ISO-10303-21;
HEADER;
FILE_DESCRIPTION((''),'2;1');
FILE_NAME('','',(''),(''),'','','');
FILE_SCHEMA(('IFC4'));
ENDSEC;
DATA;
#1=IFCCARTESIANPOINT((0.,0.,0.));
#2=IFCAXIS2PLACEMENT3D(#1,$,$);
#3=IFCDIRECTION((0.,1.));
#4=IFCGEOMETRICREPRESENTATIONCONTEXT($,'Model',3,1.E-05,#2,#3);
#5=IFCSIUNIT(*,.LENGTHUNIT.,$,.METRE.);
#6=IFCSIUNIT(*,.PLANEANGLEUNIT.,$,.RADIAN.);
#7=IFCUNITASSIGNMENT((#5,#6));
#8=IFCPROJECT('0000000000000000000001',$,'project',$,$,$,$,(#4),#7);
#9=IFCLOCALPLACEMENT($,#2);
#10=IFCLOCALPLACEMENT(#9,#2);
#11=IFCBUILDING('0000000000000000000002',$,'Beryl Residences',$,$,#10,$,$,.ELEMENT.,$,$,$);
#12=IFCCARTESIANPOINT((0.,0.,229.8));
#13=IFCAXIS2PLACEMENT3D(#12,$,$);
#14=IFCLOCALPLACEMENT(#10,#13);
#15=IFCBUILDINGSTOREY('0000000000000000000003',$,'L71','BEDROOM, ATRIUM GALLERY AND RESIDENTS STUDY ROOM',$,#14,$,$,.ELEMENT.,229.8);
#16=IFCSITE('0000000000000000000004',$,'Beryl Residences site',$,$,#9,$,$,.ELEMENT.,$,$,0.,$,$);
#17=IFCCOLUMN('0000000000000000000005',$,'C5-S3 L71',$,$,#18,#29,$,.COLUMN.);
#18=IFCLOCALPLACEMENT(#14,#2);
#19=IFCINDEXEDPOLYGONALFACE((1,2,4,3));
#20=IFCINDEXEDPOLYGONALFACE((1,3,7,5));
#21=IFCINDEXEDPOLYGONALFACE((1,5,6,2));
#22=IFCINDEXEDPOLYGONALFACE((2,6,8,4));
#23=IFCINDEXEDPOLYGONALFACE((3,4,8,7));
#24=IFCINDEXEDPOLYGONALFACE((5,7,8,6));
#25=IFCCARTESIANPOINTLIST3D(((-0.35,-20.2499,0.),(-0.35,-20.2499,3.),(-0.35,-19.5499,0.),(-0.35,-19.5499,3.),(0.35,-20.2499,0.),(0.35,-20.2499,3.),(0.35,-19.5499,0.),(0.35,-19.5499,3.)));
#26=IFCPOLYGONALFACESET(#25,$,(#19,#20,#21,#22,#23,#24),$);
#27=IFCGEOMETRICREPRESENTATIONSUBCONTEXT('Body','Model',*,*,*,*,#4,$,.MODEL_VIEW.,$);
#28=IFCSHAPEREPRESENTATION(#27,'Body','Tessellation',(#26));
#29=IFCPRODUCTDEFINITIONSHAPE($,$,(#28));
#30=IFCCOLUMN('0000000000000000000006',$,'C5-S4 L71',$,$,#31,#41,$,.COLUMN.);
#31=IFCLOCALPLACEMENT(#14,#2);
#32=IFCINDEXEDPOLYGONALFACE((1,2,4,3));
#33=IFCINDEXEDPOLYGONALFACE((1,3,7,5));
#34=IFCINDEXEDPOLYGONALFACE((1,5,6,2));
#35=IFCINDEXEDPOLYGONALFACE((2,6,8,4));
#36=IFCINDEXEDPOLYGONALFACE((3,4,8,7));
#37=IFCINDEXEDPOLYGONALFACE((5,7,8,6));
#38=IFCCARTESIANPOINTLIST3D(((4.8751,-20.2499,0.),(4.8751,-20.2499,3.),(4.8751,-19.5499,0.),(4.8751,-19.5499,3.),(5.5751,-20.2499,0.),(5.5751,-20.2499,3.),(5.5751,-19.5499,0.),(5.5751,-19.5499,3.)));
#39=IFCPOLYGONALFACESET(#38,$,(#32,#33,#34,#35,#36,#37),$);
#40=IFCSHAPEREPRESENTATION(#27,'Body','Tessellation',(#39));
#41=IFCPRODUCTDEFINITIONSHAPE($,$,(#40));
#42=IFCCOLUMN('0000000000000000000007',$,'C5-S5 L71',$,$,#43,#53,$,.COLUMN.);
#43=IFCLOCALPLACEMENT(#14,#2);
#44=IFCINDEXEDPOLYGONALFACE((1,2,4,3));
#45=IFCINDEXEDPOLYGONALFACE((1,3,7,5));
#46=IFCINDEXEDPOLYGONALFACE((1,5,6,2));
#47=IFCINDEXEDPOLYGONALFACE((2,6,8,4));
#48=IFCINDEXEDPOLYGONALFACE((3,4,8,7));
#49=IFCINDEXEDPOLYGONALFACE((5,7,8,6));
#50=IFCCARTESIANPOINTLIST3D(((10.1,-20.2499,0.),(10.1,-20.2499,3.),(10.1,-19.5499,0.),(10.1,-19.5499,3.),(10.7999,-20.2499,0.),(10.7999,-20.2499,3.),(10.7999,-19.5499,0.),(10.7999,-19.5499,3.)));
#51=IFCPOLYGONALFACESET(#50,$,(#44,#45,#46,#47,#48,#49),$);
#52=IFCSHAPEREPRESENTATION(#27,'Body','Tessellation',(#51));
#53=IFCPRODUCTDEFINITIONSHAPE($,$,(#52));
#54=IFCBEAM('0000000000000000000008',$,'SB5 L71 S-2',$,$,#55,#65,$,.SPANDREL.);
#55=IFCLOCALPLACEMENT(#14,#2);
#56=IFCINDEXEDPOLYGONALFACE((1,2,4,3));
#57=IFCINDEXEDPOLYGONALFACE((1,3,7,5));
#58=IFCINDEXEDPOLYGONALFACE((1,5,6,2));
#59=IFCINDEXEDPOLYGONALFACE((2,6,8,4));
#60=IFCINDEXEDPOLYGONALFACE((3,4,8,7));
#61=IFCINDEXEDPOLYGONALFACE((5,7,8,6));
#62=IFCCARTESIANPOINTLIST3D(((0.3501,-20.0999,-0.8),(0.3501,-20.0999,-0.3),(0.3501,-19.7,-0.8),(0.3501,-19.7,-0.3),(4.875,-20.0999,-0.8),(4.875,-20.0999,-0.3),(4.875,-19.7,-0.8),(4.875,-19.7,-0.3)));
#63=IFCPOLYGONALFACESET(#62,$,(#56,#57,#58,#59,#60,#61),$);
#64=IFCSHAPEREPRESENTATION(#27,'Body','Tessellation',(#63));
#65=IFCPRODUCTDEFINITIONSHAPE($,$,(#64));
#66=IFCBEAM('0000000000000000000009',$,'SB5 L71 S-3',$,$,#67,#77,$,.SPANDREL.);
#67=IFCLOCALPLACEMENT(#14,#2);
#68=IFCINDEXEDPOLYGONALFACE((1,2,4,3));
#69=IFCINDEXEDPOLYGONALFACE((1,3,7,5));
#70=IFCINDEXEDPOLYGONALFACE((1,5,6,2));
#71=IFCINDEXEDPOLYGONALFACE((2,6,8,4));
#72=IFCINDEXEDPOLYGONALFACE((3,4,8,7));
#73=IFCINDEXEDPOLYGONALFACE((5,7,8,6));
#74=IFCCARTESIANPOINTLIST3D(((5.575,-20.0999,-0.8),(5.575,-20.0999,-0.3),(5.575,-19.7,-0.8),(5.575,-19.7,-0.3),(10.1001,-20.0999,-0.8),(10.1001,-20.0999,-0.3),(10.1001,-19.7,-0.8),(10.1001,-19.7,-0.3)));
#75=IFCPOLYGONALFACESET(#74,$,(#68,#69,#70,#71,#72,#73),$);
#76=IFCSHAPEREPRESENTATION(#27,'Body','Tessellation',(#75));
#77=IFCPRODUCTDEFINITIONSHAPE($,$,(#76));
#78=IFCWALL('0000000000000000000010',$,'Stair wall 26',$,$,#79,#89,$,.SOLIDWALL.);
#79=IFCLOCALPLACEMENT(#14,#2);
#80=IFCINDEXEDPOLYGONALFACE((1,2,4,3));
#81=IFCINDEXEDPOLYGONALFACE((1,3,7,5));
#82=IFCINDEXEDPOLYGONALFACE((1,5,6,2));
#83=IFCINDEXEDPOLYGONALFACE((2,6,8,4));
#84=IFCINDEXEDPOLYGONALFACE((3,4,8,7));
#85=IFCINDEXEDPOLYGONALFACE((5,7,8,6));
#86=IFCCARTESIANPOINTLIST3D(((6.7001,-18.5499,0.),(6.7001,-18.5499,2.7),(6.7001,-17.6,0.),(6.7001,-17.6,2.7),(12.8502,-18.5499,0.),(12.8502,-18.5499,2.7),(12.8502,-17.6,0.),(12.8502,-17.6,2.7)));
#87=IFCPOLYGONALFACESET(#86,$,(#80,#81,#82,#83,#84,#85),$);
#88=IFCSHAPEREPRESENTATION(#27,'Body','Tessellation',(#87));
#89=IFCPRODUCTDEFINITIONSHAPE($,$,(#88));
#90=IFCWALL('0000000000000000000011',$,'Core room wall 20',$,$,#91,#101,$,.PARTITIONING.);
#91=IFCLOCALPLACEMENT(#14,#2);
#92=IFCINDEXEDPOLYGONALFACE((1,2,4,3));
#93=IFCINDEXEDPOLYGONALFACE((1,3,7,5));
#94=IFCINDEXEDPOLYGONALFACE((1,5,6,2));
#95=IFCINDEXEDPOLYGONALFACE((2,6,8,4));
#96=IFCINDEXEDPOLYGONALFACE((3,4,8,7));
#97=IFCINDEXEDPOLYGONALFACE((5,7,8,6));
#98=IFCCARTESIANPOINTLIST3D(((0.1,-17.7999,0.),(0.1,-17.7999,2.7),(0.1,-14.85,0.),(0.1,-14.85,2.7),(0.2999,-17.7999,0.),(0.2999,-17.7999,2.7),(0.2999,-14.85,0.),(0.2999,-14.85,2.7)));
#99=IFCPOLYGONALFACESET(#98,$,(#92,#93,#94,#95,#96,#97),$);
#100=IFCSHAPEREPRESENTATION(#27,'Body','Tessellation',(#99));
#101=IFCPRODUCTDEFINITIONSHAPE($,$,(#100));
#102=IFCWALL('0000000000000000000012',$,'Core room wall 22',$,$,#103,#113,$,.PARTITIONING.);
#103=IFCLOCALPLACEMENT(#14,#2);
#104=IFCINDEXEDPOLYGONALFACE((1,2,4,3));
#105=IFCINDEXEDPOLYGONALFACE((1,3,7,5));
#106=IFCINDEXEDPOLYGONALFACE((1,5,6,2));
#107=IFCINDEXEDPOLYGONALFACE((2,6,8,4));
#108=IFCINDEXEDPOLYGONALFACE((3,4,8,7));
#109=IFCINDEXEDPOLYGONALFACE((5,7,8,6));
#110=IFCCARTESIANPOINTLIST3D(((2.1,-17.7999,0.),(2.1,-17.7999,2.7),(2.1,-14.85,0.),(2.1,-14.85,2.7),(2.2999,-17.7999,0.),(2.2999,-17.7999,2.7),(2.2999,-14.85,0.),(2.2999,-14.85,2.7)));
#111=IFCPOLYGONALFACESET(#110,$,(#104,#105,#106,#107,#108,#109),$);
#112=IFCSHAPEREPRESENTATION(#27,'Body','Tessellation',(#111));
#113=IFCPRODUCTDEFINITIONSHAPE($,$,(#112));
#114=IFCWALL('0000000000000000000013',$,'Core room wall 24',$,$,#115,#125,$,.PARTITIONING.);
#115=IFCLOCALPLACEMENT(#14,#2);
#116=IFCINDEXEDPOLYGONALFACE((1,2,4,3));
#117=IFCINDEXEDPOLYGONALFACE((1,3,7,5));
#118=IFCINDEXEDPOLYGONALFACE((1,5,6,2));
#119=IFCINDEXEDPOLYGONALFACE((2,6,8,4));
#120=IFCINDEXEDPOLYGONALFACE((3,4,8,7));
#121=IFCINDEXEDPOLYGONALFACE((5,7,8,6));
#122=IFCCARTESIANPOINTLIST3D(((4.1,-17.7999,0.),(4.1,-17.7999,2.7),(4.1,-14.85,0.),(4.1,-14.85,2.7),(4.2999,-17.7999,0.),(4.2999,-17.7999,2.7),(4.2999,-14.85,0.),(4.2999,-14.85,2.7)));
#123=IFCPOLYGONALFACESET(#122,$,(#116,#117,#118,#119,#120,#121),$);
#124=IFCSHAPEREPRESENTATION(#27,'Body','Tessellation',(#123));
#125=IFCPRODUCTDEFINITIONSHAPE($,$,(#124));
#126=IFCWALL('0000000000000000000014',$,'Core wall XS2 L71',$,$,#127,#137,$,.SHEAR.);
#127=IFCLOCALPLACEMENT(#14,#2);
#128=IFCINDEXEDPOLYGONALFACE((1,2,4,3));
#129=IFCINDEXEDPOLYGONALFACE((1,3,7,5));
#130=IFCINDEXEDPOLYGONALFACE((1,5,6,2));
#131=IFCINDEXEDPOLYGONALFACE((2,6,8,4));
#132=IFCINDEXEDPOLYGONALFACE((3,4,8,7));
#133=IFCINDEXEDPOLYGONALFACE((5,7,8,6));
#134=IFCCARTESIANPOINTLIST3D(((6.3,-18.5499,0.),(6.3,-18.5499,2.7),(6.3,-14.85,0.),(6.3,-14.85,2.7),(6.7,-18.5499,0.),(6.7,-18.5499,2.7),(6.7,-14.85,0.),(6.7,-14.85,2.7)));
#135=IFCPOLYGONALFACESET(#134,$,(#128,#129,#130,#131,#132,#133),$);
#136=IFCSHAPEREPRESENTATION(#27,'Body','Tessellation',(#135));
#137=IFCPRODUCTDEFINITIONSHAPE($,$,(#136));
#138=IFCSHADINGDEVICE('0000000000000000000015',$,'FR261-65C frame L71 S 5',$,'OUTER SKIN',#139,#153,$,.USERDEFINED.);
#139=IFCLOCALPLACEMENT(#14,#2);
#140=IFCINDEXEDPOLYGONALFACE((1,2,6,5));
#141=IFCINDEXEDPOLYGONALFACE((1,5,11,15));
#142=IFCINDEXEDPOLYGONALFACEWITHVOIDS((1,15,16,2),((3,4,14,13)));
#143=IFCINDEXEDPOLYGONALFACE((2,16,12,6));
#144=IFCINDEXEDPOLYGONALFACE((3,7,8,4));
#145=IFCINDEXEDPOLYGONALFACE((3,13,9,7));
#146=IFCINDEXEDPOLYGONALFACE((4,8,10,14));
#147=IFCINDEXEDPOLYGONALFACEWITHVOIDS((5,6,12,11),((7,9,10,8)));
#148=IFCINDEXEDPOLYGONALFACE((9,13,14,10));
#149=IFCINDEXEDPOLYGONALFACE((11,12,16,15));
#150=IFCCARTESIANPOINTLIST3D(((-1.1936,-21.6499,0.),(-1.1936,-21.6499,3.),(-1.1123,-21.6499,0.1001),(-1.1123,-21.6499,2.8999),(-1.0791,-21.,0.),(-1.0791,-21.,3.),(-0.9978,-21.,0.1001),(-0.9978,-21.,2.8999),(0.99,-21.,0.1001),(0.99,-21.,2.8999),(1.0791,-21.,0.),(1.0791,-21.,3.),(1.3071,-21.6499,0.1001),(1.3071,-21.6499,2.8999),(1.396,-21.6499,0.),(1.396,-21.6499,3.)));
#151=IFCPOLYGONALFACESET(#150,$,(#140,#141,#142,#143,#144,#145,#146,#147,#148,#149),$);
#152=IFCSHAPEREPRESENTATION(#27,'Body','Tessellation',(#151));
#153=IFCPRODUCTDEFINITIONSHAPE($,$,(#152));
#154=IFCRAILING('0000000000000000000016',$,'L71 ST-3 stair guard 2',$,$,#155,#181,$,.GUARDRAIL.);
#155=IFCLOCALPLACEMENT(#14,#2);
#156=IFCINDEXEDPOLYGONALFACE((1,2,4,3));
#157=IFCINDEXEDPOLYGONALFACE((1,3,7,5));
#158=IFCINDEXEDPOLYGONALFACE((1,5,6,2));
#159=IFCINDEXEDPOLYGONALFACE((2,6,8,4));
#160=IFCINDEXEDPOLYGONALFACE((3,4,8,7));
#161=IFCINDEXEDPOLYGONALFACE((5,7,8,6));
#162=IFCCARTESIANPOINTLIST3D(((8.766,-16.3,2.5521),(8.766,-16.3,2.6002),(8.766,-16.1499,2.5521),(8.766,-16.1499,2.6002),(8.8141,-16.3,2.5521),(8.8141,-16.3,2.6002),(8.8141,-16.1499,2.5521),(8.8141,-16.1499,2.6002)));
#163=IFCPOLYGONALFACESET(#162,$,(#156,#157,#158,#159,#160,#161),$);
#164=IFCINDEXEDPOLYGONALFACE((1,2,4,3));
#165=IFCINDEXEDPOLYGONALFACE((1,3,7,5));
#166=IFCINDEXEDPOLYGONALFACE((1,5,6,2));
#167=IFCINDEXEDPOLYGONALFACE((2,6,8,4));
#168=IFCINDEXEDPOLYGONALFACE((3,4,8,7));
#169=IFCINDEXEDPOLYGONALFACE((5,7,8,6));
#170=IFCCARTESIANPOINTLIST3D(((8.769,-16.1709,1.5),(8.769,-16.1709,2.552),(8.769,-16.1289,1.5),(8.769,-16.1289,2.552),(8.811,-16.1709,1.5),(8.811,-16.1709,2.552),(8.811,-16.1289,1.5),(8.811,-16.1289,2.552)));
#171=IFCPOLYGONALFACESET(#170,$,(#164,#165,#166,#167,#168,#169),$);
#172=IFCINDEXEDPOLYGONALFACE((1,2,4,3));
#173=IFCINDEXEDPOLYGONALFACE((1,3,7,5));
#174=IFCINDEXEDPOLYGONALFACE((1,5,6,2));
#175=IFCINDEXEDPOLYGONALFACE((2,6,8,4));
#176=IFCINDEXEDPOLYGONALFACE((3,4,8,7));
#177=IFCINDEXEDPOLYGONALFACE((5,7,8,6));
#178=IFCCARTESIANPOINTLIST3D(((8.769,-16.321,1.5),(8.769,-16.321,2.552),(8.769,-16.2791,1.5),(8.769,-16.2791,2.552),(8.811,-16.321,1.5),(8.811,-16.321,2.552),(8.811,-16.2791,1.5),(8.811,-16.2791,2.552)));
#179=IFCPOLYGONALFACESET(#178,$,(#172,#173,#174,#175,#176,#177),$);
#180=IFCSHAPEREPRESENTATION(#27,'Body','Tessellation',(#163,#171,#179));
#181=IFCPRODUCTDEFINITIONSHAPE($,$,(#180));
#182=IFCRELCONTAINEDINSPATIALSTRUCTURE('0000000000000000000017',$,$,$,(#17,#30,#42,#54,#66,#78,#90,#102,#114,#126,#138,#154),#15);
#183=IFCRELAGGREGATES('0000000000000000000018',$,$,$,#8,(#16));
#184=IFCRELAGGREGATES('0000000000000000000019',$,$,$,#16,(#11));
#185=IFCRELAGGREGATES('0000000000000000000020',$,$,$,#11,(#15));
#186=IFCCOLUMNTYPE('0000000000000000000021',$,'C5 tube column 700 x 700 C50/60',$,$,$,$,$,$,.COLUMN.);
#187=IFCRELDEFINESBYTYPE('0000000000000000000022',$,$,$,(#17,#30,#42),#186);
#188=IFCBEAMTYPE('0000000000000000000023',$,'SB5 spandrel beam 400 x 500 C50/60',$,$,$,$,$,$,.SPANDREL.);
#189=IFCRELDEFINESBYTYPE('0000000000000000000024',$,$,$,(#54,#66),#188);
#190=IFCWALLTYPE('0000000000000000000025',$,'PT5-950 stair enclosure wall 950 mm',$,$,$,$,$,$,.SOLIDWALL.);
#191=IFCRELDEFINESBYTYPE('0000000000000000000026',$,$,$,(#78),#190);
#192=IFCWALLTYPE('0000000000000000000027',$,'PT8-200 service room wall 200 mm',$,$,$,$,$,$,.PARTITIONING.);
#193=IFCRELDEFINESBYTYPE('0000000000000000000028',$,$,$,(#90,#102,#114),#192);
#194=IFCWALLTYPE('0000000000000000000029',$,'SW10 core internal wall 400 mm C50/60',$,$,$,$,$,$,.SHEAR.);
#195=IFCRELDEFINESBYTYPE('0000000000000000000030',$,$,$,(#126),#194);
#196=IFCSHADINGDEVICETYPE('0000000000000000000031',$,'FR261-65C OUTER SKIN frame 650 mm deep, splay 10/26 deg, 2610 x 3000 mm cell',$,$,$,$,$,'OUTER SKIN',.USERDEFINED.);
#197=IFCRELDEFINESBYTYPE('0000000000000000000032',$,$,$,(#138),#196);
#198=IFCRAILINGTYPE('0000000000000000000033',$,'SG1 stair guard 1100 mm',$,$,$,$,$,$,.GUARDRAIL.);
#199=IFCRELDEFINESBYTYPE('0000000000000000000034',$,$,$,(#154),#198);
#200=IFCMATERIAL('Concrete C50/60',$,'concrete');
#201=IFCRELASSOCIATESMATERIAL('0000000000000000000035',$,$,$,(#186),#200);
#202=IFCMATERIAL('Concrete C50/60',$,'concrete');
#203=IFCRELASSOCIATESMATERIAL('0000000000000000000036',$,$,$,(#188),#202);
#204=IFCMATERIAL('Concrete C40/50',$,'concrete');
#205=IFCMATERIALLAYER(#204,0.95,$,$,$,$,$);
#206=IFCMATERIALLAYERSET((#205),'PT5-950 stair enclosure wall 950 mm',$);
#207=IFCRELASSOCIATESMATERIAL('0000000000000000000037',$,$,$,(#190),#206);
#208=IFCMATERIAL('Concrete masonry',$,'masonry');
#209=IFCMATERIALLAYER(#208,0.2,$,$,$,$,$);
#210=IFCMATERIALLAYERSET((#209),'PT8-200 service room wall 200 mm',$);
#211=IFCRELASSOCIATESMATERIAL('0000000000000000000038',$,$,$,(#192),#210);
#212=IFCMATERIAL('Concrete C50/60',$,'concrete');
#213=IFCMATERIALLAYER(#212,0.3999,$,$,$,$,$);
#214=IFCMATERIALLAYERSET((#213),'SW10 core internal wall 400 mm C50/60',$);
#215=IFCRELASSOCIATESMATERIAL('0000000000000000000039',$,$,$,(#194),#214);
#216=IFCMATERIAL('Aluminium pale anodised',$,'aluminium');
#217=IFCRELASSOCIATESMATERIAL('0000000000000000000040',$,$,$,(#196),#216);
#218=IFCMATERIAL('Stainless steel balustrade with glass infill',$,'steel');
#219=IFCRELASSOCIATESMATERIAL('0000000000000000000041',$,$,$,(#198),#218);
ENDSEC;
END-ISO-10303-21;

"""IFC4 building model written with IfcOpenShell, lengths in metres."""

from ifc_helpers import new_model, entity, si_unit, direction, frame, frame_2d, origin, origin_2d, place, context, subcontext, project, spatial, rectangle, extrude, source, transform, mapped, material, layer, layer_set, material_profile, profile_set, type_object, type_shapes, element, save


model = new_model("IFC4")

# Units and contexts
model_context = context("Model", 3, precision=1e-05, world=origin(), true_north=direction((0.0, 1.0)))
body_context = subcontext(model_context, "Body", "Model", "MODEL_VIEW")
ifc_project = project(units=[si_unit("LENGTHUNIT", "METRE"), si_unit("PLANEANGLEUNIT", "RADIAN")], contexts=[model_context])

# Site, building, storey
site_placement = place(None, origin())
site = spatial("IfcSite", under=ifc_project, at=site_placement, Name="Beryl Residences site", CompositionType="ELEMENT", RefElevation=0.0)
building_placement = place(site_placement, origin())
building = spatial("IfcBuilding", under=site, at=building_placement, Name="Beryl Residences", CompositionType="ELEMENT")
storey_placement = place(building_placement, frame((0.0, 0.0, 229.8)))
storey = spatial("IfcBuildingStorey", under=building, at=storey_placement, Name="L71", Description="BEDROOM, ATRIUM GALLERY AND RESIDENTS STUDY ROOM", CompositionType="ELEMENT", Elevation=229.8)

# Columns
ifc_material_1 = material(Name="Concrete C50/60", Category="concrete")
ifc_material_profile_1 = material_profile(ifc_material_1, rectangle(XDim=0.7, YDim=0.7, at=origin_2d()))
ifc_profile_set_1 = profile_set([ifc_material_profile_1], Name="Concrete C50/60")
column_type = type_object("IfcColumnType", Name="C5 tube column 700 x 700 C50/60", PredefinedType="COLUMN", material=ifc_profile_set_1)
for number, where, z_axis, x_axis, name in (
    (1, (0.0, -19.8999, 0.0), (0.0, 0.0, 1.0), (1.0, 0.0, 0.0), "C5-S3 L71"),
    (2, (5.2251, -19.8999, 0.0), (0.0, 0.0, 1.0), (1.0, 0.0, 0.0), "C5-S4 L71"),
    (3, (10.45, -19.8999, 0.0), (0.0, 0.0, 1.0), (1.0, 0.0, 0.0), "C5-S5 L71"),
):
    element("IfcColumn", number, at=place(storey_placement, frame(where, z_axis=z_axis, x_axis=x_axis)), inside=storey, type_object=column_type, Name=name, PredefinedType="COLUMN", context=body_context, shape_type="SweptSolid", body=[
        extrude(rectangle(XDim=0.7, YDim=0.7, at=origin_2d()), origin(), (0.0, 0.0, 1.0), 3.0),
    ])

# Beams
ifc_material_2 = material(Name="Concrete C50/60", Category="concrete")
ifc_material_profile_2 = material_profile(ifc_material_2, rectangle(XDim=0.3999, YDim=0.5, at=origin_2d()))
ifc_profile_set_2 = profile_set([ifc_material_profile_2], Name="Concrete C50/60")
beam_type = type_object("IfcBeamType", Name="SB5 spandrel beam 400 x 500 C50/60", PredefinedType="SPANDREL", material=ifc_profile_set_2)
beam_1_placement = place(storey_placement, frame((0.3501, -19.8999, -0.55), z_axis=(1.0, 0.0, 0.0), x_axis=(0.0, 1.0, 0.0)))
element("IfcBeam", 4, at=beam_1_placement, inside=storey, type_object=beam_type, Name="SB5 L71 S-2", PredefinedType="SPANDREL", context=body_context, shape_type="SweptSolid", body=[
    extrude(rectangle(XDim=0.3999, YDim=0.5, at=origin_2d()), origin(), (0.0, 0.0, 1.0), 4.5249),
])
beam_2_placement = place(storey_placement, frame((5.575, -19.8999, -0.55), z_axis=(1.0, 0.0, 0.0), x_axis=(0.0, 1.0, 0.0)))
element("IfcBeam", 5, at=beam_2_placement, inside=storey, type_object=beam_type, Name="SB5 L71 S-3", PredefinedType="SPANDREL", context=body_context, shape_type="SweptSolid", body=[
    extrude(rectangle(XDim=0.3999, YDim=0.5, at=origin_2d()), origin(), (0.0, 0.0, 1.0), 4.5251),
])

# Walls
ifc_material_3 = material(Name="Concrete C40/50", Category="concrete")
ifc_layer_1 = layer(ifc_material_3, 0.95)
ifc_layer_set_1 = layer_set([ifc_layer_1], Name="PT5-950 stair enclosure wall 950 mm")
wall_type_1 = type_object("IfcWallType", Name="PT5-950 stair enclosure wall 950 mm", PredefinedType="SOLIDWALL", material=ifc_layer_set_1)
wall_1_placement = place(storey_placement, frame((6.7, -18.075, 0.0), z_axis=(0.0, 0.0, 1.0), x_axis=(1.0, 0.0, 0.0)))
element("IfcWall", 6, at=wall_1_placement, inside=storey, type_object=wall_type_1, Name="Stair wall 26", PredefinedType="SOLIDWALL", context=body_context, shape_type="SweptSolid", body=[
    extrude(rectangle(XDim=6.1501, YDim=0.95, at=frame_2d((3.0752, 0.0))), origin(), (0.0, 0.0, 1.0), 2.7),
])
ifc_material_4 = material(Name="Concrete masonry", Category="masonry")
ifc_layer_2 = layer(ifc_material_4, 0.2)
ifc_layer_set_2 = layer_set([ifc_layer_2], Name="PT8-200 service room wall 200 mm")
wall_type_2 = type_object("IfcWallType", Name="PT8-200 service room wall 200 mm", PredefinedType="PARTITIONING", material=ifc_layer_set_2)
for number, where, z_axis, x_axis, name in (
    (7, (0.2, -17.8, 0.0), (0.0, 0.0, 1.0), (0.0, 1.0, 0.0), "Core room wall 20"),
    (8, (2.2, -17.8, 0.0), (0.0, 0.0, 1.0), (0.0, 1.0, 0.0), "Core room wall 22"),
    (9, (4.2, -17.8, 0.0), (0.0, 0.0, 1.0), (0.0, 1.0, 0.0), "Core room wall 24"),
):
    element("IfcWall", number, at=place(storey_placement, frame(where, z_axis=z_axis, x_axis=x_axis)), inside=storey, type_object=wall_type_2, Name=name, PredefinedType="PARTITIONING", context=body_context, shape_type="SweptSolid", body=[
        extrude(rectangle(XDim=2.95, YDim=0.2, at=frame_2d((1.4751, 0.0))), origin(), (0.0, 0.0, 1.0), 2.7),
    ])
ifc_material_5 = material(Name="Concrete C50/60", Category="concrete")
ifc_layer_3 = layer(ifc_material_5, 0.3999)
ifc_layer_set_3 = layer_set([ifc_layer_3], Name="SW10 core internal wall 400 mm C50/60")
wall_type_3 = type_object("IfcWallType", Name="SW10 core internal wall 400 mm C50/60", PredefinedType="SHEAR", material=ifc_layer_set_3)
wall_2_placement = place(storey_placement, frame((6.5, -18.55, 0.0), z_axis=(0.0, 0.0, 1.0), x_axis=(0.0, 1.0, 0.0)))
element("IfcWall", 10, at=wall_2_placement, inside=storey, type_object=wall_type_3, Name="Core wall XS2 L71", PredefinedType="SHEAR", context=body_context, shape_type="SweptSolid", body=[
    extrude(rectangle(XDim=3.7, YDim=0.3999, at=frame_2d((1.8501, 0.0))), origin(), (0.0, 0.0, 1.0), 2.7),
])

# Shading device
ifc_material_6 = material(Name="Aluminium pale anodised", Category="aluminium")
shading_device_type_1 = type_object("IfcShadingDeviceType", Name="FR261-65C OUTER SKIN frame 650 mm deep, splay 10/26 deg, 2610 x 3000 mm cell", ElementType="OUTER SKIN", PredefinedType="USERDEFINED", material=ifc_material_6)
cartesian_point_1 = entity("IfcCartesianPoint", [-1.0791, 0.0])
cartesian_point_2 = entity("IfcCartesianPoint", [-0.9978, 0.1001])
cartesian_point_3 = entity("IfcCartesianPoint", [-1.1936, 0.0])
cartesian_point_4 = entity("IfcCartesianPoint", [-1.1123, 0.1001])
shared_shape_1 = source(origin(), body_context, "Body", "SweptSolid", [
    entity("IfcExtrudedAreaSolidTapered", entity("IfcArbitraryProfileDefWithVoids", "AREA", None, entity("IfcPolyline", [cartesian_point_1, entity("IfcCartesianPoint", [1.0791, 0.0]), entity("IfcCartesianPoint", [1.0791, 3.0]), entity("IfcCartesianPoint", [-1.0791, 3.0]), cartesian_point_1]), [entity("IfcPolyline", [cartesian_point_2, entity("IfcCartesianPoint", [0.99, 0.1001]), entity("IfcCartesianPoint", [0.99, 2.8999]), entity("IfcCartesianPoint", [-0.9978, 2.8999]), cartesian_point_2])]), entity("IfcAxis2Placement3D", entity("IfcCartesianPoint", [0.0, 0.0, 0.0]), entity("IfcDirection", [0.0, 1.0, 0.0]), entity("IfcDirection", [-1.0, 0.0, 0.0])), entity("IfcDirection", [0.0, 0.0, 1.0]), 0.6499, entity("IfcArbitraryProfileDefWithVoids", "AREA", None, entity("IfcPolyline", [cartesian_point_3, entity("IfcCartesianPoint", [1.396, 0.0]), entity("IfcCartesianPoint", [1.396, 3.0]), entity("IfcCartesianPoint", [-1.1936, 3.0]), cartesian_point_3]), [entity("IfcPolyline", [cartesian_point_4, entity("IfcCartesianPoint", [1.3071, 0.1001]), entity("IfcCartesianPoint", [1.3071, 2.8999]), entity("IfcCartesianPoint", [-1.1123, 2.8999]), cartesian_point_4])])),
])
type_shapes(shading_device_type_1, [shared_shape_1])
for number, where, z_axis, x_axis, name in (
    (11, (0.0, -21.0, 0.0), (0.0, 0.0, 1.0), (-1.0, 0.0, 0.0), "FR261-65C frame L71 S 5"),
):
    element("IfcShadingDevice", number, at=place(storey_placement, frame(where, z_axis=z_axis, x_axis=x_axis)), inside=storey, type_object=shading_device_type_1, Name=name, ObjectType="OUTER SKIN", PredefinedType="USERDEFINED", context=body_context, shape_type="MappedRepresentation", body=[
        mapped(shared_shape_1, transform((0.0, 0.0, 0.0))),
    ])

# Railing
ifc_material_7 = material(Name="Stainless steel balustrade with glass infill", Category="steel")
railing_type_1 = type_object("IfcRailingType", Name="SG1 stair guard 1100 mm", PredefinedType="GUARDRAIL", material=ifc_material_7)
railing_1_placement = place(storey_placement, frame((8.79, -16.1499, 1.5)))
element("IfcRailing", 12, at=railing_1_placement, inside=storey, type_object=railing_type_1, Name="L71 ST-3 stair guard 2", PredefinedType="GUARDRAIL", context=body_context, shape_type="SweptSolid", body=[
    extrude(rectangle(XDim=0.0481, YDim=0.0481, at=origin_2d()), frame((0.0, 0.0, 1.0762), z_axis=(0.0, -1.0, 0.0), x_axis=(1.0, 0.0, 0.0)), (0.0, 0.0, 1.0), 0.1501),
    extrude(rectangle(XDim=0.042, YDim=0.042, at=origin_2d()), origin(), (0.0, 0.0, 1.0), 1.052),
    extrude(rectangle(XDim=0.042, YDim=0.042, at=origin_2d()), frame((0.0, -0.1501, 0.0)), (0.0, 0.0, 1.0), 1.052),
])

save(model, "model.ifc")
